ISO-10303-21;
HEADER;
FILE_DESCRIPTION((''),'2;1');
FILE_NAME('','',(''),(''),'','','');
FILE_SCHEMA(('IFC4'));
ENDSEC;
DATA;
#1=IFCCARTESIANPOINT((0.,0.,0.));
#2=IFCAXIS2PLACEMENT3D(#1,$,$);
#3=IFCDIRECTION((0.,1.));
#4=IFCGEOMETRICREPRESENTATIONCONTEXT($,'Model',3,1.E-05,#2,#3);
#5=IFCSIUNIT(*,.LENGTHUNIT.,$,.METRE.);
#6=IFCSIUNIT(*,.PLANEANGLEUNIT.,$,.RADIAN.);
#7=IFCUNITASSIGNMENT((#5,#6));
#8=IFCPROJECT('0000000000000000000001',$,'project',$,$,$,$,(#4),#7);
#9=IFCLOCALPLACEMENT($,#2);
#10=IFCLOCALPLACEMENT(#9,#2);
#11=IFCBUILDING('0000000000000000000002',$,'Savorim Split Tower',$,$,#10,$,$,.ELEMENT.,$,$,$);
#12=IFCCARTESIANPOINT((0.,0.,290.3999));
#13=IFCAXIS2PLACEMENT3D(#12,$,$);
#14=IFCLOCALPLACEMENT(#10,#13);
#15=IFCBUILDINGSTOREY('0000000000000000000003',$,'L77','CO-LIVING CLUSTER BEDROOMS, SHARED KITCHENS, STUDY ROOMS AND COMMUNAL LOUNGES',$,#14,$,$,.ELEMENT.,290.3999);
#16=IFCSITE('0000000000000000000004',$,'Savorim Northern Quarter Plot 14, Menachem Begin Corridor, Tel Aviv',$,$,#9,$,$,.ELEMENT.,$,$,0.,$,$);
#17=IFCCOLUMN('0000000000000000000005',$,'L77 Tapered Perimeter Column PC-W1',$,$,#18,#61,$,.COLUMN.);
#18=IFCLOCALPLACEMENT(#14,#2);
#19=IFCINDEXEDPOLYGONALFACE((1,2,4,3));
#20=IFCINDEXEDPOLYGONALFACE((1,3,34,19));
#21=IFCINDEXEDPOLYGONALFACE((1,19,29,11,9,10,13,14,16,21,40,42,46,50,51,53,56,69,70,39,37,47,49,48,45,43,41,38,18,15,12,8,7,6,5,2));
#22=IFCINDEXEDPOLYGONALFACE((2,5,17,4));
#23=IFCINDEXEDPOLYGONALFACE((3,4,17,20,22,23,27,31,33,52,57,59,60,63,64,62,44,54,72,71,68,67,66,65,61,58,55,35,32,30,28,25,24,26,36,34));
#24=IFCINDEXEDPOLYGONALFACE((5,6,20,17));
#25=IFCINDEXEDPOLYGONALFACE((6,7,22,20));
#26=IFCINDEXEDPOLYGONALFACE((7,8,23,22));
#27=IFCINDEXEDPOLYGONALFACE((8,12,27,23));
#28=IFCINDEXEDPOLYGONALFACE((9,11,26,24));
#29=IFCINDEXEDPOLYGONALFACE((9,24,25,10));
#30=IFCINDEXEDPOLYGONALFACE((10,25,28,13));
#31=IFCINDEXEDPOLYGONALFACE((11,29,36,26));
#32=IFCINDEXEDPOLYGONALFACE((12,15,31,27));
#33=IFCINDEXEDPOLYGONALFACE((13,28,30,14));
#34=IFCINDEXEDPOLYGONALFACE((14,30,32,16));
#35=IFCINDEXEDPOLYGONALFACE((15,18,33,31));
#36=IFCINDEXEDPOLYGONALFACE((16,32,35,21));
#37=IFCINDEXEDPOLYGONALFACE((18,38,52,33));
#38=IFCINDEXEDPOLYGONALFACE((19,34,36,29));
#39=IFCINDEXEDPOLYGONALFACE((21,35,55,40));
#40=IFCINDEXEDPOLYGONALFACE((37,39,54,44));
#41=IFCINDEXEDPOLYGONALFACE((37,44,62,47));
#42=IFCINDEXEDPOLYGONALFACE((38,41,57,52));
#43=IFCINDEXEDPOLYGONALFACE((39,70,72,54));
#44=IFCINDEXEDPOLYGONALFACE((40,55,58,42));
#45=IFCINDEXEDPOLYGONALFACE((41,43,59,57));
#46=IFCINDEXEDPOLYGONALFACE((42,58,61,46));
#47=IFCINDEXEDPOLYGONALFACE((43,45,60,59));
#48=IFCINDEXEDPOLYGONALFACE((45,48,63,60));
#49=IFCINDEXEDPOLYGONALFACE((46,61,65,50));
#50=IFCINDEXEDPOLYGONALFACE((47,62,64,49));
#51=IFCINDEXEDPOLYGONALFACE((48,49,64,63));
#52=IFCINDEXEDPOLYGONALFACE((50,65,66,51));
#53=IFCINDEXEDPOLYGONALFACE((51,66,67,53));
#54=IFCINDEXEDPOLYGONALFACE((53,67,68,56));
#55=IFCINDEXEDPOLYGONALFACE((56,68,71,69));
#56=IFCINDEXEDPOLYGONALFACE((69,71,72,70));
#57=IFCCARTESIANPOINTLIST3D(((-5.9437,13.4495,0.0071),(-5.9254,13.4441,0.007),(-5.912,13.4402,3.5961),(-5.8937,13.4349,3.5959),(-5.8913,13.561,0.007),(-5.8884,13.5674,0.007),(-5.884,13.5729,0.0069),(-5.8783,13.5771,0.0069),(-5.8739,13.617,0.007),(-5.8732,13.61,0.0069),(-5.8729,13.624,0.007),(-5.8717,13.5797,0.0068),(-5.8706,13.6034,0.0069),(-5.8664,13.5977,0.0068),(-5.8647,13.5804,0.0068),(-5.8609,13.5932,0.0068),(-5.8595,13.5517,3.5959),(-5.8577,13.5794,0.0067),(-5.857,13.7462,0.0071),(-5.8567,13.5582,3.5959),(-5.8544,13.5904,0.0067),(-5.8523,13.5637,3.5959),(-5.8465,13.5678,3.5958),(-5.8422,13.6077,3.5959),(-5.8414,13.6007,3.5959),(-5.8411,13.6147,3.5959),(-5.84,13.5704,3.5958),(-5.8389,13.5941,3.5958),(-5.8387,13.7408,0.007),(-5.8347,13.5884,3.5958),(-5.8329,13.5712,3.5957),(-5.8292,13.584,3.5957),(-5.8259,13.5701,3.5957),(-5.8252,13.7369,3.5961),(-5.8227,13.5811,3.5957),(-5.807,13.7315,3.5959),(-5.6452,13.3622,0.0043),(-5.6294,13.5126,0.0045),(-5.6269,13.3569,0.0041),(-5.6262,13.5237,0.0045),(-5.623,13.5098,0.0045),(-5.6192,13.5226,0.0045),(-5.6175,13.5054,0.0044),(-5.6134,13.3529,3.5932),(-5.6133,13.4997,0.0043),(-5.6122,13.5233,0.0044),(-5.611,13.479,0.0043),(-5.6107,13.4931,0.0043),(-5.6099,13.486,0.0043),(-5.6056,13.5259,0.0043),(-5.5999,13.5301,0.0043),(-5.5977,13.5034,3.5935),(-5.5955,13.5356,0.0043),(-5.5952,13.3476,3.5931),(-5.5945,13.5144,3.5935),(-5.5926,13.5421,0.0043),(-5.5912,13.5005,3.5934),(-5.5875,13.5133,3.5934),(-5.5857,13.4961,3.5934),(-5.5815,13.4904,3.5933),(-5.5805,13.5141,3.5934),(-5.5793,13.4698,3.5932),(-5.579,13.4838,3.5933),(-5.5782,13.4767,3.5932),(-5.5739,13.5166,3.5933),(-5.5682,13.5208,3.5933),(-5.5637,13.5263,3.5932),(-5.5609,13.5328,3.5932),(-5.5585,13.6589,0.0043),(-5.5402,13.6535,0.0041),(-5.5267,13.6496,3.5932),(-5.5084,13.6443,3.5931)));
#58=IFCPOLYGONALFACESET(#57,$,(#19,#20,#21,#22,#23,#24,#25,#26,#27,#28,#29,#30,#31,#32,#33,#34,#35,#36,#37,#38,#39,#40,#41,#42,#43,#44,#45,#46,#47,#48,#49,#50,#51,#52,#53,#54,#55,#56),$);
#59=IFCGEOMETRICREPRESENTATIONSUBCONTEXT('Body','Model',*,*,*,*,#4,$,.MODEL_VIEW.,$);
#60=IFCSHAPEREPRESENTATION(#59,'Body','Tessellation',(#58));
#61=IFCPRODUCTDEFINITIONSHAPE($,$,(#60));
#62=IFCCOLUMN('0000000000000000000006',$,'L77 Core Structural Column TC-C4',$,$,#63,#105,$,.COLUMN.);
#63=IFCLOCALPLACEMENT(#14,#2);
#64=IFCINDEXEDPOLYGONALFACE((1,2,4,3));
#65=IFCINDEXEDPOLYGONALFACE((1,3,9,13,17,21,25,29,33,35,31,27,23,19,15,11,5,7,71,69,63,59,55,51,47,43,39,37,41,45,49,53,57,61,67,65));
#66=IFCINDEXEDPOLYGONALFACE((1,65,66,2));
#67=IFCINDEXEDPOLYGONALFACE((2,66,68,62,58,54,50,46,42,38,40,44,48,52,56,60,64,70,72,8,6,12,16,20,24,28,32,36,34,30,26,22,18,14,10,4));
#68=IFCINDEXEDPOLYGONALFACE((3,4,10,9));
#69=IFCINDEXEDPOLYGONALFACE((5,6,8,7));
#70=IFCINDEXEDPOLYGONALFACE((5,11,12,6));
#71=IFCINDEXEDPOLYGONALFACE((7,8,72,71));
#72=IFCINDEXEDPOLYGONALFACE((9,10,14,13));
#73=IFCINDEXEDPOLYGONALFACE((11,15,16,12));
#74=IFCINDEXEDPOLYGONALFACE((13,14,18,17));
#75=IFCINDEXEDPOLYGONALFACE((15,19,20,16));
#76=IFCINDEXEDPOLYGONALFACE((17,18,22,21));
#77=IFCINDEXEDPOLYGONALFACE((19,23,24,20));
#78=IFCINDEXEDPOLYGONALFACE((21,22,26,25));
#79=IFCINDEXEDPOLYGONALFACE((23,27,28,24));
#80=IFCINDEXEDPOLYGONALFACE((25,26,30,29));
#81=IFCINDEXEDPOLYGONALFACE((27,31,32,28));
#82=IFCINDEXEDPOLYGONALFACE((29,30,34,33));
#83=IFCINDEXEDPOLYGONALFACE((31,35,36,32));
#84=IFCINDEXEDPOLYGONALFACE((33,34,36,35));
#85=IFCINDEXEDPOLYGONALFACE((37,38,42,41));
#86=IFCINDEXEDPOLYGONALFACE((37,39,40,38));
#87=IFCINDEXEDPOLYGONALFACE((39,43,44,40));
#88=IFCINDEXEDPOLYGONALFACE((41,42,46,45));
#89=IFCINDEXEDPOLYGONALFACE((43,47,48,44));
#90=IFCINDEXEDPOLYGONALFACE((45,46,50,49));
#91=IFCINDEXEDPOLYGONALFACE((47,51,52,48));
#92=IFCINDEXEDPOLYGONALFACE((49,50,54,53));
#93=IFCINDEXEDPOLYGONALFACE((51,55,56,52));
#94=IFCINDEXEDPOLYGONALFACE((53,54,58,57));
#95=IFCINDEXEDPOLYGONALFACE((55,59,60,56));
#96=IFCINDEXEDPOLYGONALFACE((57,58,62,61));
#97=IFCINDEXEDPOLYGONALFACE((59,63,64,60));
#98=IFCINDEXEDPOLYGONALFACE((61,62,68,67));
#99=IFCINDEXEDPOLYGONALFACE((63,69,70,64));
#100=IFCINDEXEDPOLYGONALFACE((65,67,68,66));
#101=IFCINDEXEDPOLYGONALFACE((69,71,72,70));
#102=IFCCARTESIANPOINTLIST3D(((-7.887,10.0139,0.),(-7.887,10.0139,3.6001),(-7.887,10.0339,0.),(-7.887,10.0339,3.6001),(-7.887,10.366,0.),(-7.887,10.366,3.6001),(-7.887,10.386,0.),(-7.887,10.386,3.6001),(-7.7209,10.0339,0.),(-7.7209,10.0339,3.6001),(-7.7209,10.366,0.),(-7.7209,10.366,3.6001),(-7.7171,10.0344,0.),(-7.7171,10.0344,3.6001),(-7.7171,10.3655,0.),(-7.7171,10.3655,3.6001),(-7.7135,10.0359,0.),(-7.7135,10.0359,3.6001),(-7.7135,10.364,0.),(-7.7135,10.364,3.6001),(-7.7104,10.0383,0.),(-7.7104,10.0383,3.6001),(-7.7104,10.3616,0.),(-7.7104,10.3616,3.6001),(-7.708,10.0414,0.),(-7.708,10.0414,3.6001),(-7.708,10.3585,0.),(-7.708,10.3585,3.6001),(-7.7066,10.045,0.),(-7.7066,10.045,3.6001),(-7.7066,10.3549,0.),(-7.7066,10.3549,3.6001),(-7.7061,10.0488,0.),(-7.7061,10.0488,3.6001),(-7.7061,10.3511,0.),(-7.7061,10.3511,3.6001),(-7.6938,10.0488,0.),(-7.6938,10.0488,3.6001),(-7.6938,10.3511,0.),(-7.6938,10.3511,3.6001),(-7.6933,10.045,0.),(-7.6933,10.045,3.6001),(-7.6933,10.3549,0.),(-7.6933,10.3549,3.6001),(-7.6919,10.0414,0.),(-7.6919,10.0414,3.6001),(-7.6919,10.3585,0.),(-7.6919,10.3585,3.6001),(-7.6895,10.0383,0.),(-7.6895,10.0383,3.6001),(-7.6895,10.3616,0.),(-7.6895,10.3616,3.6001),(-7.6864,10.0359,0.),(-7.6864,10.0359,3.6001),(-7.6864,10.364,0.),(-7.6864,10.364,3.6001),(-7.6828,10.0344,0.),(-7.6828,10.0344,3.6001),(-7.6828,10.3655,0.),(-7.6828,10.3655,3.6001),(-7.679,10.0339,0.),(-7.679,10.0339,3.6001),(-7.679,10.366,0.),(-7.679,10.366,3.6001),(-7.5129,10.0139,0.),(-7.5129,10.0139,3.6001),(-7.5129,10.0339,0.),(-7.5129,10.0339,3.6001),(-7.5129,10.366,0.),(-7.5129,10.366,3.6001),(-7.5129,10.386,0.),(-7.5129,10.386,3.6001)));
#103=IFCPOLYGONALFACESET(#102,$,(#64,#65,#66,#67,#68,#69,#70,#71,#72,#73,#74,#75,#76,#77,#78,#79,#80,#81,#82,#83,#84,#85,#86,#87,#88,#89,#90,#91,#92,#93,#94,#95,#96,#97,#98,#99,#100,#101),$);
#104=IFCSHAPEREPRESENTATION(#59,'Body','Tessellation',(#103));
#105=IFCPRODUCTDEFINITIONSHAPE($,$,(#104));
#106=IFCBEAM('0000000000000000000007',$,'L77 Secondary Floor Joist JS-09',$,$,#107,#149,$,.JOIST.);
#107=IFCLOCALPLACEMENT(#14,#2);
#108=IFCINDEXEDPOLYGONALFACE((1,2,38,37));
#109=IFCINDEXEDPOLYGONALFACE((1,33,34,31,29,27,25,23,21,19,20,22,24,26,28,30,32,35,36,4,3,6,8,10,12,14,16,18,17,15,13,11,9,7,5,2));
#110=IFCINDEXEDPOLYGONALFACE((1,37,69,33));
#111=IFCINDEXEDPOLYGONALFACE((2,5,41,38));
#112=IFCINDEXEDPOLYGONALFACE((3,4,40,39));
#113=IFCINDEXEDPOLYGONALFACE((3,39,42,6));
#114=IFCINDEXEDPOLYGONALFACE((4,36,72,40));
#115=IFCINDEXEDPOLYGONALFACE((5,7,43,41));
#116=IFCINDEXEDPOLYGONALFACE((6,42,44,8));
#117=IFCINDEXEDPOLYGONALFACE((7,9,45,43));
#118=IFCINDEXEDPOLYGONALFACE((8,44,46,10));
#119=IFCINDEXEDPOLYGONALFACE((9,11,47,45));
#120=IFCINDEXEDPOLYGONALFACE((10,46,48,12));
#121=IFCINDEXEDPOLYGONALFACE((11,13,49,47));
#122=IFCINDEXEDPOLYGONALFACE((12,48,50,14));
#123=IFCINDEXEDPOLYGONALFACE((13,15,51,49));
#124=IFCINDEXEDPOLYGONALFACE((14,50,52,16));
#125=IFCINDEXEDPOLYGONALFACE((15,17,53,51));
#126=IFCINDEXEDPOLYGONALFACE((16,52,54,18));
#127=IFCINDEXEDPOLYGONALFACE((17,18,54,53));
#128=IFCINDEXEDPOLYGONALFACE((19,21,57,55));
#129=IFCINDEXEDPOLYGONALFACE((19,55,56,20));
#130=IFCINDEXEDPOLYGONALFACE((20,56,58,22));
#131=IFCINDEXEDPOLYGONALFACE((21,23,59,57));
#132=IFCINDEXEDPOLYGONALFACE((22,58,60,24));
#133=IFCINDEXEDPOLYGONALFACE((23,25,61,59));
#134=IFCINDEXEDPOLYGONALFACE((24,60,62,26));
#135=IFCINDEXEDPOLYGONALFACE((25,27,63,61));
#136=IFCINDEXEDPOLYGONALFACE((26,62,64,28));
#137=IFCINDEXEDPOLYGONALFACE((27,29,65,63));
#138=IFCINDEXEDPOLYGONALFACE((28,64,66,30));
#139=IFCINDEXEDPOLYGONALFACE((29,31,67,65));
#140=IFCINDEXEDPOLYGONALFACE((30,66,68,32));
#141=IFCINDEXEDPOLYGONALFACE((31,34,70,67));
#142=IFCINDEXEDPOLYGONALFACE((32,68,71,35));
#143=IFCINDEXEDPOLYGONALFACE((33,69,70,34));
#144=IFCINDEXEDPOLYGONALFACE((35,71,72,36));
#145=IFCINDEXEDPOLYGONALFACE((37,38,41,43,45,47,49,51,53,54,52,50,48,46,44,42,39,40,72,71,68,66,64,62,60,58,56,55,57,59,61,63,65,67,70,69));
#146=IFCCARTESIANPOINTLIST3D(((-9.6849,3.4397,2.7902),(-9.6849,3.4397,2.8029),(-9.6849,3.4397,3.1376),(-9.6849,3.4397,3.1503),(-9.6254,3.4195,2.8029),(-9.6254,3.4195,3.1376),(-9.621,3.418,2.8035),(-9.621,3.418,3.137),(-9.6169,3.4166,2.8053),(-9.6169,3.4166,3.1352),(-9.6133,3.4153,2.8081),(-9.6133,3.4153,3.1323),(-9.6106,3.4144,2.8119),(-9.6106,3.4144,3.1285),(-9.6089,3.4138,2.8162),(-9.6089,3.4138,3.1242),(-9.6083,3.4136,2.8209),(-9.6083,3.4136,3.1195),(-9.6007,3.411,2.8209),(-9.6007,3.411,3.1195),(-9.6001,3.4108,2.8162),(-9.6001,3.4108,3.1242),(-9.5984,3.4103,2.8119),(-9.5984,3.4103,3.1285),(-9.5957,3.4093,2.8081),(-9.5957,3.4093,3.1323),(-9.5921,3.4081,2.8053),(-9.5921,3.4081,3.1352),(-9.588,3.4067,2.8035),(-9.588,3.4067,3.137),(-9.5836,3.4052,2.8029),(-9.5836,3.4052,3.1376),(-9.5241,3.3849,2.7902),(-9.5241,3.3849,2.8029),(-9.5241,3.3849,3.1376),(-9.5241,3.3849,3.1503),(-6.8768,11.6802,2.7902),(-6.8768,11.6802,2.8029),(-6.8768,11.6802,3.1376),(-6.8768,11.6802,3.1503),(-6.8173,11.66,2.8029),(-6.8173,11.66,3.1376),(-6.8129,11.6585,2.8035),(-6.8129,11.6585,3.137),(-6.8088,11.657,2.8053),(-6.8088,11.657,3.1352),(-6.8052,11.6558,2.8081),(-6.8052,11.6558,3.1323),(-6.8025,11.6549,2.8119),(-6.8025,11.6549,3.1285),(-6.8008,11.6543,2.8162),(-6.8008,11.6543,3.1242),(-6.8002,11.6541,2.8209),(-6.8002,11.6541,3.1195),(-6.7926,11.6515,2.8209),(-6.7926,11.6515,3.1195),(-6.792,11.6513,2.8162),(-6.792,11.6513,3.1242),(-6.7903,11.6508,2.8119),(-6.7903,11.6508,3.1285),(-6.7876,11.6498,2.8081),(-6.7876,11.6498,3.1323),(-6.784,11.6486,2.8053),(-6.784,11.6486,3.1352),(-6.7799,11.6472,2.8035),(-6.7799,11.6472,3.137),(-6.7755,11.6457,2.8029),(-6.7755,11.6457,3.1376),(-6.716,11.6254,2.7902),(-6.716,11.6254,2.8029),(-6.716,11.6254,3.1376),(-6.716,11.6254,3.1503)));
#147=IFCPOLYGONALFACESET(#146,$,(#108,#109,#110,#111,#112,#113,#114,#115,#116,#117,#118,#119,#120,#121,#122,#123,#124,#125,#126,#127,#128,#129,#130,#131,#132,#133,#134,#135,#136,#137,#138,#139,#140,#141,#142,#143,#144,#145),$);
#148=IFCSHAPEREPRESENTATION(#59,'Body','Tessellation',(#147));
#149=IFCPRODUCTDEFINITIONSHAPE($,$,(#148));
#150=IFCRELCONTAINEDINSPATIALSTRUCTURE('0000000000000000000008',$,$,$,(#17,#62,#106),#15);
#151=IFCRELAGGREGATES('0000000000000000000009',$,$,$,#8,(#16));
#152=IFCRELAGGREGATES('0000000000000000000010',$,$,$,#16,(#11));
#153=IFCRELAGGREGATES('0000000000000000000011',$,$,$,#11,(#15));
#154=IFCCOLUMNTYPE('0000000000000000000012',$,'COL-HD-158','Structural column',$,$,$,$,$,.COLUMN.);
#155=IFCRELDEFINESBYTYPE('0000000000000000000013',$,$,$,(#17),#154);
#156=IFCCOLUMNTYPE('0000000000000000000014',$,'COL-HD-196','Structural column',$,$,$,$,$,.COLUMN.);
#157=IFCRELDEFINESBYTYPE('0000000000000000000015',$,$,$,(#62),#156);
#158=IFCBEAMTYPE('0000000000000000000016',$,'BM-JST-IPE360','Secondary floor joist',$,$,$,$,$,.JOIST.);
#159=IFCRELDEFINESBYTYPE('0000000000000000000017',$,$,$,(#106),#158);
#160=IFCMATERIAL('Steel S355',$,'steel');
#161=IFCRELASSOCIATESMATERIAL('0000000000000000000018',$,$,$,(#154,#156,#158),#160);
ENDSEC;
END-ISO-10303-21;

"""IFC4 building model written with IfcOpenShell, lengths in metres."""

from ifc_helpers import new_model, si_unit, direction, frame, origin, origin_2d, place, context, subcontext, project, spatial, i_section, extrude, material, material_profile, profile_set, type_object, element, save


model = new_model("IFC4")

# Units and contexts
model_context = context("Model", 3, precision=1e-05, world=origin(), true_north=direction((0.0, 1.0)))
body_context = subcontext(model_context, "Body", "Model", "MODEL_VIEW")
ifc_project = project(units=[si_unit("LENGTHUNIT", "METRE"), si_unit("PLANEANGLEUNIT", "RADIAN")], contexts=[model_context])

# Site, building, storey
site_placement = place(None, origin())
site = spatial("IfcSite", under=ifc_project, at=site_placement, Name="Savorim Northern Quarter Plot 14, Menachem Begin Corridor, Tel Aviv", CompositionType="ELEMENT", RefElevation=0.0)
building_placement = place(site_placement, origin())
building = spatial("IfcBuilding", under=site, at=building_placement, Name="Savorim Split Tower", CompositionType="ELEMENT")
storey_placement = place(building_placement, frame((0.0, 0.0, 290.3999)))
storey = spatial("IfcBuildingStorey", under=building, at=storey_placement, Name="L77", Description="CO-LIVING CLUSTER BEDROOMS, SHARED KITCHENS, STUDY ROOMS AND COMMUNAL LOUNGES", CompositionType="ELEMENT", Elevation=290.3999)

# Columns
ifc_material_1 = material(Name="Steel S355", Category="steel")
ifc_material_profile_1 = material_profile(ifc_material_1, i_section(OverallWidth=0.3091, OverallDepth=0.3301, WebThickness=0.0115, FlangeThickness=0.019, FilletRadius=0.0271, at=origin_2d()), Name="HD 320x158")
ifc_profile_set_1 = profile_set([ifc_material_profile_1], Name="Steel S355")
column_type_1 = type_object("IfcColumnType", Name="COL-HD-158", Description="Structural column", PredefinedType="COLUMN", material=ifc_profile_set_1)
column_1_placement = place(storey_placement, frame((-5.7419, 13.5515, 0.0056), z_axis=(0.008843, -0.002585, 0.999958), x_axis=(0.280567, 0.959834, 0.0)))
element("IfcColumn", 1, at=column_1_placement, inside=storey, type_object=column_type_1, Name="L77 Tapered Perimeter Column PC-W1", PredefinedType="COLUMN", context=body_context, shape_type="SweptSolid", body=[
    extrude(i_section(OverallWidth=0.3091, OverallDepth=0.3301, WebThickness=0.0115, FlangeThickness=0.019, FilletRadius=0.0271, at=origin_2d()), origin(), (0.0, 0.0, 1.0), 3.5891),
])
ifc_material_profile_2 = material_profile(ifc_material_1, i_section(OverallWidth=0.374, OverallDepth=0.3721, WebThickness=0.0122, FlangeThickness=0.02, FilletRadius=0.0149, at=origin_2d()), Name="HD 360x196")
ifc_profile_set_2 = profile_set([ifc_material_profile_2], Name="Steel S355")
column_type_2 = type_object("IfcColumnType", Name="COL-HD-196", Description="Structural column", PredefinedType="COLUMN", material=ifc_profile_set_2)
column_2_placement = place(storey_placement, frame((-7.7, 10.2, 0.0), z_axis=(0.0, 0.0, 1.0), x_axis=(1.0, 0.0, 0.0)))
element("IfcColumn", 2, at=column_2_placement, inside=storey, type_object=column_type_2, Name="L77 Core Structural Column TC-C4", PredefinedType="COLUMN", context=body_context, shape_type="SweptSolid", body=[
    extrude(i_section(OverallWidth=0.374, OverallDepth=0.3721, WebThickness=0.0122, FlangeThickness=0.02, FilletRadius=0.0149, at=origin_2d()), origin(), (0.0, 0.0, 1.0), 3.6001),
])

# Beam
ifc_material_profile_3 = material_profile(ifc_material_1, i_section(OverallWidth=0.1699, OverallDepth=0.3601, WebThickness=0.0081, FlangeThickness=0.0127, FilletRadius=0.0181, at=origin_2d()), Name="IPE 360")
ifc_profile_set_3 = profile_set([ifc_material_profile_3], Name="Steel S355")
beam_type_1 = type_object("IfcBeamType", Name="BM-JST-IPE360", Description="Secondary floor joist", PredefinedType="JOIST", material=ifc_profile_set_3)
beam_1_placement = place(storey_placement, frame((-6.7964, 11.6528, 2.9702), z_axis=(-0.322556, -0.94655, 0.0), x_axis=(0.94655, -0.322556, 0.0)))
element("IfcBeam", 3, at=beam_1_placement, inside=storey, type_object=beam_type_1, Name="L77 Secondary Floor Joist JS-09", PredefinedType="JOIST", context=body_context, shape_type="SweptSolid", body=[
    extrude(i_section(OverallWidth=0.1699, OverallDepth=0.3601, WebThickness=0.0081, FlangeThickness=0.0127, FilletRadius=0.0181, at=origin_2d()), origin(), (0.0, 0.0, 1.0), 8.7058),
])

save(model, "model.ifc")
